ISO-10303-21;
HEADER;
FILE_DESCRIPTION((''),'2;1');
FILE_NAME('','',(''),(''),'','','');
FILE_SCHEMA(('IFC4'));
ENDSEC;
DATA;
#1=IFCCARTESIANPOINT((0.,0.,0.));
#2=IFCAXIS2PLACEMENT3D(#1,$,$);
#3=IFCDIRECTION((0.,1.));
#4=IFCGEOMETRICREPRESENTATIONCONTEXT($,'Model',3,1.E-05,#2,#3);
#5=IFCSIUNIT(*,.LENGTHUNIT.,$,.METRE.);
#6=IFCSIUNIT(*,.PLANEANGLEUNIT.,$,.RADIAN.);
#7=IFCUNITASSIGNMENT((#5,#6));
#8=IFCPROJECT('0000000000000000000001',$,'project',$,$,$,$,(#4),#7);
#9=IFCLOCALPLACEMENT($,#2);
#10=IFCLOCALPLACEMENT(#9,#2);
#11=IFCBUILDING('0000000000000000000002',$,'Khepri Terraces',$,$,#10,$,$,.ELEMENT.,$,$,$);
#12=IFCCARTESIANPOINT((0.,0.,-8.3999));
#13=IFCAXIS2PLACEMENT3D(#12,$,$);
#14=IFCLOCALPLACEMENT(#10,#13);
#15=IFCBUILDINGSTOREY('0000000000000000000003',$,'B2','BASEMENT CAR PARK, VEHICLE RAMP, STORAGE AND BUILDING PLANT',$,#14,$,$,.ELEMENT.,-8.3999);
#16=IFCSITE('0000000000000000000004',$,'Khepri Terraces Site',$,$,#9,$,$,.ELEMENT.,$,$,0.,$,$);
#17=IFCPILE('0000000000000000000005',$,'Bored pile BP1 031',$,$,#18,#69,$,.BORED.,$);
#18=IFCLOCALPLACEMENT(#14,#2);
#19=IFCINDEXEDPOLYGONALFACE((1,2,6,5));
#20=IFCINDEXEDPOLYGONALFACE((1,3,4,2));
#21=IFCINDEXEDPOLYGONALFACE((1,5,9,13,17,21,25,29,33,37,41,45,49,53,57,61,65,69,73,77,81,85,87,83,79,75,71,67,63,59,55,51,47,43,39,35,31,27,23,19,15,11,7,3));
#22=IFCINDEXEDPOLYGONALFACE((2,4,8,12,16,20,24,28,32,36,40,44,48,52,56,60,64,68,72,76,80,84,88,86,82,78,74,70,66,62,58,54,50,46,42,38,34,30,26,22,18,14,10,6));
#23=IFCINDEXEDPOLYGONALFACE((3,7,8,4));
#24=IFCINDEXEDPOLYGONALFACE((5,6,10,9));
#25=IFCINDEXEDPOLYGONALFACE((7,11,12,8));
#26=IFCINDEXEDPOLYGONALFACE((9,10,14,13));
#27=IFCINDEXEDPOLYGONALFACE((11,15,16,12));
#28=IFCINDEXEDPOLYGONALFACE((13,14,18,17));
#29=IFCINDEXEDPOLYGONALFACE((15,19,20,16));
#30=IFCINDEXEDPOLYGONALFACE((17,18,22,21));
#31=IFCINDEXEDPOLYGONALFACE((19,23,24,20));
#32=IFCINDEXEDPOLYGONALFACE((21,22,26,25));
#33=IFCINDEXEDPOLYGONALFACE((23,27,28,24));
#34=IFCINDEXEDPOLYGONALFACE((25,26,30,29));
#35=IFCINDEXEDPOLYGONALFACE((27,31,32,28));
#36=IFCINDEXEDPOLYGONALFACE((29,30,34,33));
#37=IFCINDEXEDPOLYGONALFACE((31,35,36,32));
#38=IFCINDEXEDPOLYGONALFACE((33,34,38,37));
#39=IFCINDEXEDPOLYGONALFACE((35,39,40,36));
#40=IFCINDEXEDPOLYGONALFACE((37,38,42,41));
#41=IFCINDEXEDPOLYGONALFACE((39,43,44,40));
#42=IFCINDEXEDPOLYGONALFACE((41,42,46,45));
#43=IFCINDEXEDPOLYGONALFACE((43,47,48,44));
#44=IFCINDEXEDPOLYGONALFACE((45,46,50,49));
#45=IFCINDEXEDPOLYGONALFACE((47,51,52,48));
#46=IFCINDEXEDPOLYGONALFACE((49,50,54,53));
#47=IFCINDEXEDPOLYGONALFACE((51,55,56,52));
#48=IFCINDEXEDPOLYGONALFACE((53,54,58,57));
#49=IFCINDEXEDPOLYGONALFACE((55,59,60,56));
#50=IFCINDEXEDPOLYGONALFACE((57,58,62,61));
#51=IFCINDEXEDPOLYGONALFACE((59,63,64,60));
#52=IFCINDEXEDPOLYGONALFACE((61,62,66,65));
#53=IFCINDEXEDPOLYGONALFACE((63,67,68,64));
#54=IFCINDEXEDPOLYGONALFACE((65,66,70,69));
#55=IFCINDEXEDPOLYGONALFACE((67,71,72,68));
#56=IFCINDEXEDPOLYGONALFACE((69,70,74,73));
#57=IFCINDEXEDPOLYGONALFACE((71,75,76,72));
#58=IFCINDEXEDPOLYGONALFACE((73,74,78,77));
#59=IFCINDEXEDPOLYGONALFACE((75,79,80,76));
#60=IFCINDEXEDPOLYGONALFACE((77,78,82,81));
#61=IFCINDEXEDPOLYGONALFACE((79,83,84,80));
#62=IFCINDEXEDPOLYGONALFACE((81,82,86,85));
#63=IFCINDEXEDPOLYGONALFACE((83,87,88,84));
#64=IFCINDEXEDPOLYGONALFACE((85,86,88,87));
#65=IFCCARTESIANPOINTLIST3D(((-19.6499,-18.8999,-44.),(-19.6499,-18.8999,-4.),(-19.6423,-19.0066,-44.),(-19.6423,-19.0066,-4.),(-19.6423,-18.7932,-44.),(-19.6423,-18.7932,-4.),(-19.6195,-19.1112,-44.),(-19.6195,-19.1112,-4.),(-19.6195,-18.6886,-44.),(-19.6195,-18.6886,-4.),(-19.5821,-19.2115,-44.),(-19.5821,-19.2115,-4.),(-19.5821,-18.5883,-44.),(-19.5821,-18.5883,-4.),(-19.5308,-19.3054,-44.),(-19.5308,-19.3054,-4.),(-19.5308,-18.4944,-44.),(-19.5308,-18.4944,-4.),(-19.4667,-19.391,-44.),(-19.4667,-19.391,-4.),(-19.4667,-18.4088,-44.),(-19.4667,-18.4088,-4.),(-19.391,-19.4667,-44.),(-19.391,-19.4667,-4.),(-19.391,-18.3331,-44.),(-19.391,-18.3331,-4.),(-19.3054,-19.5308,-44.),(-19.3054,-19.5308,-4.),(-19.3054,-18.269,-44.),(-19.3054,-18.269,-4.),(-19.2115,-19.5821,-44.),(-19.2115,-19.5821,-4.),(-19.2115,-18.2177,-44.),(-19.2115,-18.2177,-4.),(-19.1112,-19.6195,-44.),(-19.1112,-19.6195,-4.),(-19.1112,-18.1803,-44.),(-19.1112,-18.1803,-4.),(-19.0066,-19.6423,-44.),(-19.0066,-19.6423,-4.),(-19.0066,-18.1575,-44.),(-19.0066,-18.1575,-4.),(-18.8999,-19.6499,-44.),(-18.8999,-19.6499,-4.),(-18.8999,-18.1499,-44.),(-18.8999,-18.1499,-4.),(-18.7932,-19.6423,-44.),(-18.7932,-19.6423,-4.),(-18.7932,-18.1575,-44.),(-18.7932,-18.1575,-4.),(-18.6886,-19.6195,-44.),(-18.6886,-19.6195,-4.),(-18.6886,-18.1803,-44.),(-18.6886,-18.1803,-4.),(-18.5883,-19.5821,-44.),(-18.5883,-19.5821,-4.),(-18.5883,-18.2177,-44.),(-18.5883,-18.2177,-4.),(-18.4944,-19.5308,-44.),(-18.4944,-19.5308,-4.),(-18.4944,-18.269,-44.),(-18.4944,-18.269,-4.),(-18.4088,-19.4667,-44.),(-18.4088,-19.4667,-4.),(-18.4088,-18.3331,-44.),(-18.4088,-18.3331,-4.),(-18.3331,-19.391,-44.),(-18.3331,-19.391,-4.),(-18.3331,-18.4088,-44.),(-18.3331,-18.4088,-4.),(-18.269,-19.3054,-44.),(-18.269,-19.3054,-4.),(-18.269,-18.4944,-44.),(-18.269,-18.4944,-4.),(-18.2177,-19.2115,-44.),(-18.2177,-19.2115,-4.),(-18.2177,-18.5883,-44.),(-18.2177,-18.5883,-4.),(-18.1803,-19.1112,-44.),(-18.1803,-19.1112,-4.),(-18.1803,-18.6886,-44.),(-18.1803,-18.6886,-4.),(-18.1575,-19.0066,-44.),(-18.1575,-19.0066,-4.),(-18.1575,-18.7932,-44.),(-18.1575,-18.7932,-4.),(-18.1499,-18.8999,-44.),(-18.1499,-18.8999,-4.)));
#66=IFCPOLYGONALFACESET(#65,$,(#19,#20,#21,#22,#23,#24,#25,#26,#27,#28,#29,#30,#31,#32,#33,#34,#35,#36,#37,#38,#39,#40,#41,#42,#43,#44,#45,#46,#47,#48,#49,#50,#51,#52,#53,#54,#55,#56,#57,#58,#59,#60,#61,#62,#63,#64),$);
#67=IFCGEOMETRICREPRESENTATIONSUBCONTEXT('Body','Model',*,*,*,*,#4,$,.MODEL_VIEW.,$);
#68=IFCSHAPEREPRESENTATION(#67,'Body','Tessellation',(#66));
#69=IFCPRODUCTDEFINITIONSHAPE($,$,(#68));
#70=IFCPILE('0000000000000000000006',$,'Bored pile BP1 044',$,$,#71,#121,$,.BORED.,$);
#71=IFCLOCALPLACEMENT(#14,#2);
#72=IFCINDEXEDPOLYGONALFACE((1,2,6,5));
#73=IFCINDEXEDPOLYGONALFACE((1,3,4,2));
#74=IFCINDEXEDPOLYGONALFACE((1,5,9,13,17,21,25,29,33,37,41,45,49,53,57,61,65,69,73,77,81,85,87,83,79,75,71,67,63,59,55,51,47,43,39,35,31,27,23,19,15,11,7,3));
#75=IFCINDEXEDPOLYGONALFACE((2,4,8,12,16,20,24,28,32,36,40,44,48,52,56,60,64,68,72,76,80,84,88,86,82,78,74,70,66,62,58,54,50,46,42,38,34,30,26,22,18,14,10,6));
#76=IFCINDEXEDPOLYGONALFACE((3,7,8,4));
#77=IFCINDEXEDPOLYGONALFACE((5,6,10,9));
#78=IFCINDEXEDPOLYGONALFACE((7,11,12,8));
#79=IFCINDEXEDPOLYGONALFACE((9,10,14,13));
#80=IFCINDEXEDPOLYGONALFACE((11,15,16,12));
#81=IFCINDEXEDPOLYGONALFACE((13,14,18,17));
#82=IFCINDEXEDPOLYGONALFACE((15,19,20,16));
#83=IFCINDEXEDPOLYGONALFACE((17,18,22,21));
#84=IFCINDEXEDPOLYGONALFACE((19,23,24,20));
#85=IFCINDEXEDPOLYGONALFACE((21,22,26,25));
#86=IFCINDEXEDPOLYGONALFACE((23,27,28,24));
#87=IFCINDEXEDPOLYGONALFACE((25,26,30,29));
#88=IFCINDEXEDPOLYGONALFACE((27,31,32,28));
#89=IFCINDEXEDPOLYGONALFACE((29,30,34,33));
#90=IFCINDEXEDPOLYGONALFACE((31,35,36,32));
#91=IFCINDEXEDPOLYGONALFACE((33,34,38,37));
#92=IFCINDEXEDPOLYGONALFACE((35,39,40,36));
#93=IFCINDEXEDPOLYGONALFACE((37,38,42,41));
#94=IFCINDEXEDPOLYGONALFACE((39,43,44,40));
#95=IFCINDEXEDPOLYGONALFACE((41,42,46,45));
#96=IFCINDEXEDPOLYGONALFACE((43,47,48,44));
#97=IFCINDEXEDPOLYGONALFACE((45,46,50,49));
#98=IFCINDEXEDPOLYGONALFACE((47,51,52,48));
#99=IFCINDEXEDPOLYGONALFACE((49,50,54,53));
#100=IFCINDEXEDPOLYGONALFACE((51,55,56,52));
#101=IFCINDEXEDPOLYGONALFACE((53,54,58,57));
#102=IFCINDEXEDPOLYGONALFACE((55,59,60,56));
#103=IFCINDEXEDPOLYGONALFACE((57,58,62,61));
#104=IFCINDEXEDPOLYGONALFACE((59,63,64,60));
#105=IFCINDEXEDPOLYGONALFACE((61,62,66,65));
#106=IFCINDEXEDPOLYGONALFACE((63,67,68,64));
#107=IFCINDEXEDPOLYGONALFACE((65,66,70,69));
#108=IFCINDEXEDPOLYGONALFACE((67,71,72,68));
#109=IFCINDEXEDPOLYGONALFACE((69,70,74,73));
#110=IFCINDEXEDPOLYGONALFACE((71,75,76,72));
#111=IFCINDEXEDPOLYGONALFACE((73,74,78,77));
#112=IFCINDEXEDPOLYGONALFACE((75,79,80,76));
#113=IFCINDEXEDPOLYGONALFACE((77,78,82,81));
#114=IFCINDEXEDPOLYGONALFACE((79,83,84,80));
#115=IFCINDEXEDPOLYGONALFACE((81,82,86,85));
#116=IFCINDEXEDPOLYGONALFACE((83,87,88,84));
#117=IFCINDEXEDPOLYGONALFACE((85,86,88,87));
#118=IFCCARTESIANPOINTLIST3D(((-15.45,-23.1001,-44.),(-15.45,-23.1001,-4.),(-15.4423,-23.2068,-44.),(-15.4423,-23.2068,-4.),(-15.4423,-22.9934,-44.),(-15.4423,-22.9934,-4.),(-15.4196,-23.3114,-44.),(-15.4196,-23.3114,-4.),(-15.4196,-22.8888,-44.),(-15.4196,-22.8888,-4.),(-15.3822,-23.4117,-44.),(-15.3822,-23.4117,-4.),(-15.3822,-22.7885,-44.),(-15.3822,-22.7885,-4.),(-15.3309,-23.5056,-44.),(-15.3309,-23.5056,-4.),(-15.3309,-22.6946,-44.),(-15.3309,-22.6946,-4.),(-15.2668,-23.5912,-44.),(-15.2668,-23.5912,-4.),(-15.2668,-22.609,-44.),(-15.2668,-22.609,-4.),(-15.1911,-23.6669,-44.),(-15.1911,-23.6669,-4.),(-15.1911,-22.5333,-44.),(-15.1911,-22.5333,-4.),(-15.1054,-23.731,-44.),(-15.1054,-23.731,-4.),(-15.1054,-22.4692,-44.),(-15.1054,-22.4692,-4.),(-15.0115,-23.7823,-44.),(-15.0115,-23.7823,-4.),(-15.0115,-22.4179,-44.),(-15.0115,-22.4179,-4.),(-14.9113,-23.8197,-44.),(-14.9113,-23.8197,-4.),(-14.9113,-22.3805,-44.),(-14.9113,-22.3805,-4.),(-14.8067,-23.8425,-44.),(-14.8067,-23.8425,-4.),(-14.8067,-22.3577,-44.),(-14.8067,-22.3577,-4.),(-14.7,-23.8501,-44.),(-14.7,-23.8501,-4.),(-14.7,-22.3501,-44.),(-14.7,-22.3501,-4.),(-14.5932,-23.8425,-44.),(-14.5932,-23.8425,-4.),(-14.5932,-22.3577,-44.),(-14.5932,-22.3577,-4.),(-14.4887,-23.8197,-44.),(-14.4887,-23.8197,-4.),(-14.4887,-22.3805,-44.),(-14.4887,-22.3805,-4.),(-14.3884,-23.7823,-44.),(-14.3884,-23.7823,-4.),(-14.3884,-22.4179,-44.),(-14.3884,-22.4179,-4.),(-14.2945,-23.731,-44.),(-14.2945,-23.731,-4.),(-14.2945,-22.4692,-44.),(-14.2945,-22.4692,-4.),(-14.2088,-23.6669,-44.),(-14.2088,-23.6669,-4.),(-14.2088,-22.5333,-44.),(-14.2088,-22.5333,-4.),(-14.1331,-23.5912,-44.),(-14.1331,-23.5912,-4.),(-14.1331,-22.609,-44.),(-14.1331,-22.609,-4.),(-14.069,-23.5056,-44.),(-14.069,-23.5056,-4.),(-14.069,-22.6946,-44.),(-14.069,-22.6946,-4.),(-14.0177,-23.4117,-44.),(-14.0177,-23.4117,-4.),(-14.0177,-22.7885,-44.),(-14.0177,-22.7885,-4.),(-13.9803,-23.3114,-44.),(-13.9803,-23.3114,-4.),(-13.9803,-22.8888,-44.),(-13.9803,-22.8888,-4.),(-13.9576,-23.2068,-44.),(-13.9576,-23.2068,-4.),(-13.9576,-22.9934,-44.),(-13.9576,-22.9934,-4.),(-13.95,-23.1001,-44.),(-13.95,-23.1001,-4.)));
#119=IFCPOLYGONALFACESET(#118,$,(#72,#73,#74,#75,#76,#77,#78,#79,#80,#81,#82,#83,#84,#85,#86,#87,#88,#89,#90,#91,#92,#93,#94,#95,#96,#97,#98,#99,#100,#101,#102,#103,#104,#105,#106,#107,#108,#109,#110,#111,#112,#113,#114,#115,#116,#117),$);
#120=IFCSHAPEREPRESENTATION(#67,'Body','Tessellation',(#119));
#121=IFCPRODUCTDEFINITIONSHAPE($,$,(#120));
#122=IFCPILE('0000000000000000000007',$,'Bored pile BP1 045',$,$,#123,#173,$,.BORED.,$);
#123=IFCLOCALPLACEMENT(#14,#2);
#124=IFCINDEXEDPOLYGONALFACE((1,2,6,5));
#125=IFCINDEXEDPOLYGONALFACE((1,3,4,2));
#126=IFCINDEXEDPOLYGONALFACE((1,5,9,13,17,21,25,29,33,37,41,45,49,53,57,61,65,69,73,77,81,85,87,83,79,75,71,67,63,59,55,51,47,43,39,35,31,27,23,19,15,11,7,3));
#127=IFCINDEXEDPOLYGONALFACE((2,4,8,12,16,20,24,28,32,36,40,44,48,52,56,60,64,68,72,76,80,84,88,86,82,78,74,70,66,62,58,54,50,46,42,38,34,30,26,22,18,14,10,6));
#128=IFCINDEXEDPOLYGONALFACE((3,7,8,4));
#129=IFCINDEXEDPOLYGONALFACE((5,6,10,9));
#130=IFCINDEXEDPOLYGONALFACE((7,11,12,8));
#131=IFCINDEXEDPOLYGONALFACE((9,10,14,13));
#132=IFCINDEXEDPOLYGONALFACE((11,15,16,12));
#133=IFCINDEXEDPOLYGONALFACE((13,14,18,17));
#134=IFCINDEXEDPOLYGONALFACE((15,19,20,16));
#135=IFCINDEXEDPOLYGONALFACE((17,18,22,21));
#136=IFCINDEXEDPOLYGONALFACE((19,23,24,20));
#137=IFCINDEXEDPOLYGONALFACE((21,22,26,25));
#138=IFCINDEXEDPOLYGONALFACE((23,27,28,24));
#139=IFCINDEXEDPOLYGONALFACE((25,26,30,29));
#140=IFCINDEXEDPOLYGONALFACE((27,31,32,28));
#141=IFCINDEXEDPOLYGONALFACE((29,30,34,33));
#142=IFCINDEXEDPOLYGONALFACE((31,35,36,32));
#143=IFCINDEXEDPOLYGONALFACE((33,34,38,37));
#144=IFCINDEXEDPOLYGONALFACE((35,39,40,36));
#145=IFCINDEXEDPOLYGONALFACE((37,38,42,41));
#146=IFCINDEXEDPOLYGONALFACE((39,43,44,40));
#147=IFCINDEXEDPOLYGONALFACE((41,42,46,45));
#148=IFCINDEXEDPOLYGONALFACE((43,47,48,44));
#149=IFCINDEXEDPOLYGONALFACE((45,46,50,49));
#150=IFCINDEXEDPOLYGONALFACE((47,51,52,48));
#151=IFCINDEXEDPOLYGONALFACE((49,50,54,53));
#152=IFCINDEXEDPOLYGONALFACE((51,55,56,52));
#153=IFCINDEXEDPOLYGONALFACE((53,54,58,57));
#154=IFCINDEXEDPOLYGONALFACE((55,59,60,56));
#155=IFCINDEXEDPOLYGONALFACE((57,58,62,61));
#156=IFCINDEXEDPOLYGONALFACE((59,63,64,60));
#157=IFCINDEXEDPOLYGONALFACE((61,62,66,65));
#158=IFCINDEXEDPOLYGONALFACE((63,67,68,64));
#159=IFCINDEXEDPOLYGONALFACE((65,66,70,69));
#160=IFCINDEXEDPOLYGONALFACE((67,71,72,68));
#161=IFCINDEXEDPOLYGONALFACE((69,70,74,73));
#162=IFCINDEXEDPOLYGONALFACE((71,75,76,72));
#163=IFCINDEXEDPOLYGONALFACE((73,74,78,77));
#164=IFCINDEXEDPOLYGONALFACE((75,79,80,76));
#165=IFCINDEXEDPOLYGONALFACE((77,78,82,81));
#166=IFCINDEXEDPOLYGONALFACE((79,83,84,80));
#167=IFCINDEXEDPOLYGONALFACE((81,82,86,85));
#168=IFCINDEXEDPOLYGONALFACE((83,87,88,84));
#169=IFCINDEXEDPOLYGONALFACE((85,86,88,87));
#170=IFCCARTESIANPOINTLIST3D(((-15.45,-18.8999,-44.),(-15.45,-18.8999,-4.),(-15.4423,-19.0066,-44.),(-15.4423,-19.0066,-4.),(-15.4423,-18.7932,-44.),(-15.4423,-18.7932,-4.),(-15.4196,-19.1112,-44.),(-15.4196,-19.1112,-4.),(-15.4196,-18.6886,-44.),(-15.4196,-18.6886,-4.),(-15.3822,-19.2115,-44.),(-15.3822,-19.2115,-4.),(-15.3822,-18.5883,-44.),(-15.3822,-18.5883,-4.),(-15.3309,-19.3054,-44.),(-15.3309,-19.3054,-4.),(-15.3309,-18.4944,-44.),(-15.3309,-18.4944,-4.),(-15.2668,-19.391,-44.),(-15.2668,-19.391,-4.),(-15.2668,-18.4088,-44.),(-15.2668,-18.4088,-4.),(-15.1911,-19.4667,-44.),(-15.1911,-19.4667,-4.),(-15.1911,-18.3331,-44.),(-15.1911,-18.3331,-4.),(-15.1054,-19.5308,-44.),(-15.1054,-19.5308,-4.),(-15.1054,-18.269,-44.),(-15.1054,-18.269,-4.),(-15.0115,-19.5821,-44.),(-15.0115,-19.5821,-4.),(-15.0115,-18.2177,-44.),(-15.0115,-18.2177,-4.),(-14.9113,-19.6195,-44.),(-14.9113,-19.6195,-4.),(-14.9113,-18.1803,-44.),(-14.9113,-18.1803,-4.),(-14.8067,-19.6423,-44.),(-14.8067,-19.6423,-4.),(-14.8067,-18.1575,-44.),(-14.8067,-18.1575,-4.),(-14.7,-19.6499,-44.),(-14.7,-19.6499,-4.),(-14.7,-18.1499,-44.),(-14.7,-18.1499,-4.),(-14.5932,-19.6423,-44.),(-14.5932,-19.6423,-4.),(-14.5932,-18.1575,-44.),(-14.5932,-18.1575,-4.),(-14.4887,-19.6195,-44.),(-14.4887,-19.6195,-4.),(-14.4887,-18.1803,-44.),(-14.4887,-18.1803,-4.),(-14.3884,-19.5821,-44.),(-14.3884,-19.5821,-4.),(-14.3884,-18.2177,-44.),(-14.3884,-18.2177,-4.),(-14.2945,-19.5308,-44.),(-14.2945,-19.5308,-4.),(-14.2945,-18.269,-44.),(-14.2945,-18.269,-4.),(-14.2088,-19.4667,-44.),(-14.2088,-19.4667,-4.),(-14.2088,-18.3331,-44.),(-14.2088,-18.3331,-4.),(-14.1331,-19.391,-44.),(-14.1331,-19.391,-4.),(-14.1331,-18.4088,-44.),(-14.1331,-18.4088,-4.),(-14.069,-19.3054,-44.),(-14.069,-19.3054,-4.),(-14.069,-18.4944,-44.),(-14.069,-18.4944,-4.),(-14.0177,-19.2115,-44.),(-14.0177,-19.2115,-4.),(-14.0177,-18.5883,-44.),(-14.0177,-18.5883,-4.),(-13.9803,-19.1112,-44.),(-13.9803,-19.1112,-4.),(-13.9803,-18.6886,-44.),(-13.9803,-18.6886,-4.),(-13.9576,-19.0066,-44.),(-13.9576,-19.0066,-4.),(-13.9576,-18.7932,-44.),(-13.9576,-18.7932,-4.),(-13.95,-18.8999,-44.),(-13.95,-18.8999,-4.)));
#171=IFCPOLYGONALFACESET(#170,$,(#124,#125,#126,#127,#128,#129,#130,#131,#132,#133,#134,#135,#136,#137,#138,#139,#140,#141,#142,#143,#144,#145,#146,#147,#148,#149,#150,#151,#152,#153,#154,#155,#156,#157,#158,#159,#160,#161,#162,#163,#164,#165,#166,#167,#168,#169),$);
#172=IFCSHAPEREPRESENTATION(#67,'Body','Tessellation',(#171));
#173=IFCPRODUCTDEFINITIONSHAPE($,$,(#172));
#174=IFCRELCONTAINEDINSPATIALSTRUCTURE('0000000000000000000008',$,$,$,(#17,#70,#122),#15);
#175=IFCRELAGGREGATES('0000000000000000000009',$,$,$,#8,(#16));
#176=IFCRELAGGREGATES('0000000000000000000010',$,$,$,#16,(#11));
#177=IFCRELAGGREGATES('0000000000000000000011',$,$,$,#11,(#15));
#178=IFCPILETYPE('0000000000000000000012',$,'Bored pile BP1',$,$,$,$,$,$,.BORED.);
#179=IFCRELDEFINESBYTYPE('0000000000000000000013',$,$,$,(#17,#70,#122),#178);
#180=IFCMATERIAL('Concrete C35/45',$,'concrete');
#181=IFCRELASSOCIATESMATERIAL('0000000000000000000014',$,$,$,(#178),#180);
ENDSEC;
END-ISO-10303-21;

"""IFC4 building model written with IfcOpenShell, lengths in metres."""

from ifc_helpers import new_model, si_unit, direction, frame, origin, origin_2d, place, context, subcontext, project, spatial, circle, extrude, material, material_profile, profile_set, type_object, element, save


model = new_model("IFC4")

# Units and contexts
model_context = context("Model", 3, precision=1e-05, world=origin(), true_north=direction((0.0, 1.0)))
body_context = subcontext(model_context, "Body", "Model", "MODEL_VIEW")
ifc_project = project(units=[si_unit("LENGTHUNIT", "METRE"), si_unit("PLANEANGLEUNIT", "RADIAN")], contexts=[model_context])

# Site, building, storey
site_placement = place(None, origin())
site = spatial("IfcSite", under=ifc_project, at=site_placement, Name="Khepri Terraces Site", CompositionType="ELEMENT", RefElevation=0.0)
building_placement = place(site_placement, origin())
building = spatial("IfcBuilding", under=site, at=building_placement, Name="Khepri Terraces", CompositionType="ELEMENT")
storey_placement = place(building_placement, frame((0.0, 0.0, -8.3999)))
storey = spatial("IfcBuildingStorey", under=building, at=storey_placement, Name="B2", Description="BASEMENT CAR PARK, VEHICLE RAMP, STORAGE AND BUILDING PLANT", CompositionType="ELEMENT", Elevation=-8.3999)

# Piles
ifc_material_1 = material(Name="Concrete C35/45", Category="concrete")
ifc_material_profile_1 = material_profile(ifc_material_1, circle(Radius=0.75, at=origin_2d()), Name="Concrete C35/45", Category="concrete")
ifc_profile_set_1 = profile_set([ifc_material_profile_1], Name="Concrete C35/45")
pile_type = type_object("IfcPileType", Name="Bored pile BP1", PredefinedType="BORED", material=ifc_profile_set_1)
for number, where, z_axis, x_axis, name in (
    (1, (-18.8999, -18.8999, -4.0), (0.0, 0.0, -1.0), (1.0, 0.0, 0.0), "Bored pile BP1 031"),
    (2, (-14.7, -23.1001, -4.0), (0.0, 0.0, -1.0), (1.0, 0.0, 0.0), "Bored pile BP1 044"),
    (3, (-14.7, -18.8999, -4.0), (0.0, 0.0, -1.0), (1.0, 0.0, 0.0), "Bored pile BP1 045"),
):
    element("IfcPile", number, at=place(storey_placement, frame(where, z_axis=z_axis, x_axis=x_axis)), inside=storey, type_object=pile_type, Name=name, PredefinedType="BORED", context=body_context, shape_type="SweptSolid", body=[
        extrude(circle(Radius=0.75, at=origin_2d()), origin(), (0.0, 0.0, 1.0), 40.0),
    ])

save(model, "model.ifc")
